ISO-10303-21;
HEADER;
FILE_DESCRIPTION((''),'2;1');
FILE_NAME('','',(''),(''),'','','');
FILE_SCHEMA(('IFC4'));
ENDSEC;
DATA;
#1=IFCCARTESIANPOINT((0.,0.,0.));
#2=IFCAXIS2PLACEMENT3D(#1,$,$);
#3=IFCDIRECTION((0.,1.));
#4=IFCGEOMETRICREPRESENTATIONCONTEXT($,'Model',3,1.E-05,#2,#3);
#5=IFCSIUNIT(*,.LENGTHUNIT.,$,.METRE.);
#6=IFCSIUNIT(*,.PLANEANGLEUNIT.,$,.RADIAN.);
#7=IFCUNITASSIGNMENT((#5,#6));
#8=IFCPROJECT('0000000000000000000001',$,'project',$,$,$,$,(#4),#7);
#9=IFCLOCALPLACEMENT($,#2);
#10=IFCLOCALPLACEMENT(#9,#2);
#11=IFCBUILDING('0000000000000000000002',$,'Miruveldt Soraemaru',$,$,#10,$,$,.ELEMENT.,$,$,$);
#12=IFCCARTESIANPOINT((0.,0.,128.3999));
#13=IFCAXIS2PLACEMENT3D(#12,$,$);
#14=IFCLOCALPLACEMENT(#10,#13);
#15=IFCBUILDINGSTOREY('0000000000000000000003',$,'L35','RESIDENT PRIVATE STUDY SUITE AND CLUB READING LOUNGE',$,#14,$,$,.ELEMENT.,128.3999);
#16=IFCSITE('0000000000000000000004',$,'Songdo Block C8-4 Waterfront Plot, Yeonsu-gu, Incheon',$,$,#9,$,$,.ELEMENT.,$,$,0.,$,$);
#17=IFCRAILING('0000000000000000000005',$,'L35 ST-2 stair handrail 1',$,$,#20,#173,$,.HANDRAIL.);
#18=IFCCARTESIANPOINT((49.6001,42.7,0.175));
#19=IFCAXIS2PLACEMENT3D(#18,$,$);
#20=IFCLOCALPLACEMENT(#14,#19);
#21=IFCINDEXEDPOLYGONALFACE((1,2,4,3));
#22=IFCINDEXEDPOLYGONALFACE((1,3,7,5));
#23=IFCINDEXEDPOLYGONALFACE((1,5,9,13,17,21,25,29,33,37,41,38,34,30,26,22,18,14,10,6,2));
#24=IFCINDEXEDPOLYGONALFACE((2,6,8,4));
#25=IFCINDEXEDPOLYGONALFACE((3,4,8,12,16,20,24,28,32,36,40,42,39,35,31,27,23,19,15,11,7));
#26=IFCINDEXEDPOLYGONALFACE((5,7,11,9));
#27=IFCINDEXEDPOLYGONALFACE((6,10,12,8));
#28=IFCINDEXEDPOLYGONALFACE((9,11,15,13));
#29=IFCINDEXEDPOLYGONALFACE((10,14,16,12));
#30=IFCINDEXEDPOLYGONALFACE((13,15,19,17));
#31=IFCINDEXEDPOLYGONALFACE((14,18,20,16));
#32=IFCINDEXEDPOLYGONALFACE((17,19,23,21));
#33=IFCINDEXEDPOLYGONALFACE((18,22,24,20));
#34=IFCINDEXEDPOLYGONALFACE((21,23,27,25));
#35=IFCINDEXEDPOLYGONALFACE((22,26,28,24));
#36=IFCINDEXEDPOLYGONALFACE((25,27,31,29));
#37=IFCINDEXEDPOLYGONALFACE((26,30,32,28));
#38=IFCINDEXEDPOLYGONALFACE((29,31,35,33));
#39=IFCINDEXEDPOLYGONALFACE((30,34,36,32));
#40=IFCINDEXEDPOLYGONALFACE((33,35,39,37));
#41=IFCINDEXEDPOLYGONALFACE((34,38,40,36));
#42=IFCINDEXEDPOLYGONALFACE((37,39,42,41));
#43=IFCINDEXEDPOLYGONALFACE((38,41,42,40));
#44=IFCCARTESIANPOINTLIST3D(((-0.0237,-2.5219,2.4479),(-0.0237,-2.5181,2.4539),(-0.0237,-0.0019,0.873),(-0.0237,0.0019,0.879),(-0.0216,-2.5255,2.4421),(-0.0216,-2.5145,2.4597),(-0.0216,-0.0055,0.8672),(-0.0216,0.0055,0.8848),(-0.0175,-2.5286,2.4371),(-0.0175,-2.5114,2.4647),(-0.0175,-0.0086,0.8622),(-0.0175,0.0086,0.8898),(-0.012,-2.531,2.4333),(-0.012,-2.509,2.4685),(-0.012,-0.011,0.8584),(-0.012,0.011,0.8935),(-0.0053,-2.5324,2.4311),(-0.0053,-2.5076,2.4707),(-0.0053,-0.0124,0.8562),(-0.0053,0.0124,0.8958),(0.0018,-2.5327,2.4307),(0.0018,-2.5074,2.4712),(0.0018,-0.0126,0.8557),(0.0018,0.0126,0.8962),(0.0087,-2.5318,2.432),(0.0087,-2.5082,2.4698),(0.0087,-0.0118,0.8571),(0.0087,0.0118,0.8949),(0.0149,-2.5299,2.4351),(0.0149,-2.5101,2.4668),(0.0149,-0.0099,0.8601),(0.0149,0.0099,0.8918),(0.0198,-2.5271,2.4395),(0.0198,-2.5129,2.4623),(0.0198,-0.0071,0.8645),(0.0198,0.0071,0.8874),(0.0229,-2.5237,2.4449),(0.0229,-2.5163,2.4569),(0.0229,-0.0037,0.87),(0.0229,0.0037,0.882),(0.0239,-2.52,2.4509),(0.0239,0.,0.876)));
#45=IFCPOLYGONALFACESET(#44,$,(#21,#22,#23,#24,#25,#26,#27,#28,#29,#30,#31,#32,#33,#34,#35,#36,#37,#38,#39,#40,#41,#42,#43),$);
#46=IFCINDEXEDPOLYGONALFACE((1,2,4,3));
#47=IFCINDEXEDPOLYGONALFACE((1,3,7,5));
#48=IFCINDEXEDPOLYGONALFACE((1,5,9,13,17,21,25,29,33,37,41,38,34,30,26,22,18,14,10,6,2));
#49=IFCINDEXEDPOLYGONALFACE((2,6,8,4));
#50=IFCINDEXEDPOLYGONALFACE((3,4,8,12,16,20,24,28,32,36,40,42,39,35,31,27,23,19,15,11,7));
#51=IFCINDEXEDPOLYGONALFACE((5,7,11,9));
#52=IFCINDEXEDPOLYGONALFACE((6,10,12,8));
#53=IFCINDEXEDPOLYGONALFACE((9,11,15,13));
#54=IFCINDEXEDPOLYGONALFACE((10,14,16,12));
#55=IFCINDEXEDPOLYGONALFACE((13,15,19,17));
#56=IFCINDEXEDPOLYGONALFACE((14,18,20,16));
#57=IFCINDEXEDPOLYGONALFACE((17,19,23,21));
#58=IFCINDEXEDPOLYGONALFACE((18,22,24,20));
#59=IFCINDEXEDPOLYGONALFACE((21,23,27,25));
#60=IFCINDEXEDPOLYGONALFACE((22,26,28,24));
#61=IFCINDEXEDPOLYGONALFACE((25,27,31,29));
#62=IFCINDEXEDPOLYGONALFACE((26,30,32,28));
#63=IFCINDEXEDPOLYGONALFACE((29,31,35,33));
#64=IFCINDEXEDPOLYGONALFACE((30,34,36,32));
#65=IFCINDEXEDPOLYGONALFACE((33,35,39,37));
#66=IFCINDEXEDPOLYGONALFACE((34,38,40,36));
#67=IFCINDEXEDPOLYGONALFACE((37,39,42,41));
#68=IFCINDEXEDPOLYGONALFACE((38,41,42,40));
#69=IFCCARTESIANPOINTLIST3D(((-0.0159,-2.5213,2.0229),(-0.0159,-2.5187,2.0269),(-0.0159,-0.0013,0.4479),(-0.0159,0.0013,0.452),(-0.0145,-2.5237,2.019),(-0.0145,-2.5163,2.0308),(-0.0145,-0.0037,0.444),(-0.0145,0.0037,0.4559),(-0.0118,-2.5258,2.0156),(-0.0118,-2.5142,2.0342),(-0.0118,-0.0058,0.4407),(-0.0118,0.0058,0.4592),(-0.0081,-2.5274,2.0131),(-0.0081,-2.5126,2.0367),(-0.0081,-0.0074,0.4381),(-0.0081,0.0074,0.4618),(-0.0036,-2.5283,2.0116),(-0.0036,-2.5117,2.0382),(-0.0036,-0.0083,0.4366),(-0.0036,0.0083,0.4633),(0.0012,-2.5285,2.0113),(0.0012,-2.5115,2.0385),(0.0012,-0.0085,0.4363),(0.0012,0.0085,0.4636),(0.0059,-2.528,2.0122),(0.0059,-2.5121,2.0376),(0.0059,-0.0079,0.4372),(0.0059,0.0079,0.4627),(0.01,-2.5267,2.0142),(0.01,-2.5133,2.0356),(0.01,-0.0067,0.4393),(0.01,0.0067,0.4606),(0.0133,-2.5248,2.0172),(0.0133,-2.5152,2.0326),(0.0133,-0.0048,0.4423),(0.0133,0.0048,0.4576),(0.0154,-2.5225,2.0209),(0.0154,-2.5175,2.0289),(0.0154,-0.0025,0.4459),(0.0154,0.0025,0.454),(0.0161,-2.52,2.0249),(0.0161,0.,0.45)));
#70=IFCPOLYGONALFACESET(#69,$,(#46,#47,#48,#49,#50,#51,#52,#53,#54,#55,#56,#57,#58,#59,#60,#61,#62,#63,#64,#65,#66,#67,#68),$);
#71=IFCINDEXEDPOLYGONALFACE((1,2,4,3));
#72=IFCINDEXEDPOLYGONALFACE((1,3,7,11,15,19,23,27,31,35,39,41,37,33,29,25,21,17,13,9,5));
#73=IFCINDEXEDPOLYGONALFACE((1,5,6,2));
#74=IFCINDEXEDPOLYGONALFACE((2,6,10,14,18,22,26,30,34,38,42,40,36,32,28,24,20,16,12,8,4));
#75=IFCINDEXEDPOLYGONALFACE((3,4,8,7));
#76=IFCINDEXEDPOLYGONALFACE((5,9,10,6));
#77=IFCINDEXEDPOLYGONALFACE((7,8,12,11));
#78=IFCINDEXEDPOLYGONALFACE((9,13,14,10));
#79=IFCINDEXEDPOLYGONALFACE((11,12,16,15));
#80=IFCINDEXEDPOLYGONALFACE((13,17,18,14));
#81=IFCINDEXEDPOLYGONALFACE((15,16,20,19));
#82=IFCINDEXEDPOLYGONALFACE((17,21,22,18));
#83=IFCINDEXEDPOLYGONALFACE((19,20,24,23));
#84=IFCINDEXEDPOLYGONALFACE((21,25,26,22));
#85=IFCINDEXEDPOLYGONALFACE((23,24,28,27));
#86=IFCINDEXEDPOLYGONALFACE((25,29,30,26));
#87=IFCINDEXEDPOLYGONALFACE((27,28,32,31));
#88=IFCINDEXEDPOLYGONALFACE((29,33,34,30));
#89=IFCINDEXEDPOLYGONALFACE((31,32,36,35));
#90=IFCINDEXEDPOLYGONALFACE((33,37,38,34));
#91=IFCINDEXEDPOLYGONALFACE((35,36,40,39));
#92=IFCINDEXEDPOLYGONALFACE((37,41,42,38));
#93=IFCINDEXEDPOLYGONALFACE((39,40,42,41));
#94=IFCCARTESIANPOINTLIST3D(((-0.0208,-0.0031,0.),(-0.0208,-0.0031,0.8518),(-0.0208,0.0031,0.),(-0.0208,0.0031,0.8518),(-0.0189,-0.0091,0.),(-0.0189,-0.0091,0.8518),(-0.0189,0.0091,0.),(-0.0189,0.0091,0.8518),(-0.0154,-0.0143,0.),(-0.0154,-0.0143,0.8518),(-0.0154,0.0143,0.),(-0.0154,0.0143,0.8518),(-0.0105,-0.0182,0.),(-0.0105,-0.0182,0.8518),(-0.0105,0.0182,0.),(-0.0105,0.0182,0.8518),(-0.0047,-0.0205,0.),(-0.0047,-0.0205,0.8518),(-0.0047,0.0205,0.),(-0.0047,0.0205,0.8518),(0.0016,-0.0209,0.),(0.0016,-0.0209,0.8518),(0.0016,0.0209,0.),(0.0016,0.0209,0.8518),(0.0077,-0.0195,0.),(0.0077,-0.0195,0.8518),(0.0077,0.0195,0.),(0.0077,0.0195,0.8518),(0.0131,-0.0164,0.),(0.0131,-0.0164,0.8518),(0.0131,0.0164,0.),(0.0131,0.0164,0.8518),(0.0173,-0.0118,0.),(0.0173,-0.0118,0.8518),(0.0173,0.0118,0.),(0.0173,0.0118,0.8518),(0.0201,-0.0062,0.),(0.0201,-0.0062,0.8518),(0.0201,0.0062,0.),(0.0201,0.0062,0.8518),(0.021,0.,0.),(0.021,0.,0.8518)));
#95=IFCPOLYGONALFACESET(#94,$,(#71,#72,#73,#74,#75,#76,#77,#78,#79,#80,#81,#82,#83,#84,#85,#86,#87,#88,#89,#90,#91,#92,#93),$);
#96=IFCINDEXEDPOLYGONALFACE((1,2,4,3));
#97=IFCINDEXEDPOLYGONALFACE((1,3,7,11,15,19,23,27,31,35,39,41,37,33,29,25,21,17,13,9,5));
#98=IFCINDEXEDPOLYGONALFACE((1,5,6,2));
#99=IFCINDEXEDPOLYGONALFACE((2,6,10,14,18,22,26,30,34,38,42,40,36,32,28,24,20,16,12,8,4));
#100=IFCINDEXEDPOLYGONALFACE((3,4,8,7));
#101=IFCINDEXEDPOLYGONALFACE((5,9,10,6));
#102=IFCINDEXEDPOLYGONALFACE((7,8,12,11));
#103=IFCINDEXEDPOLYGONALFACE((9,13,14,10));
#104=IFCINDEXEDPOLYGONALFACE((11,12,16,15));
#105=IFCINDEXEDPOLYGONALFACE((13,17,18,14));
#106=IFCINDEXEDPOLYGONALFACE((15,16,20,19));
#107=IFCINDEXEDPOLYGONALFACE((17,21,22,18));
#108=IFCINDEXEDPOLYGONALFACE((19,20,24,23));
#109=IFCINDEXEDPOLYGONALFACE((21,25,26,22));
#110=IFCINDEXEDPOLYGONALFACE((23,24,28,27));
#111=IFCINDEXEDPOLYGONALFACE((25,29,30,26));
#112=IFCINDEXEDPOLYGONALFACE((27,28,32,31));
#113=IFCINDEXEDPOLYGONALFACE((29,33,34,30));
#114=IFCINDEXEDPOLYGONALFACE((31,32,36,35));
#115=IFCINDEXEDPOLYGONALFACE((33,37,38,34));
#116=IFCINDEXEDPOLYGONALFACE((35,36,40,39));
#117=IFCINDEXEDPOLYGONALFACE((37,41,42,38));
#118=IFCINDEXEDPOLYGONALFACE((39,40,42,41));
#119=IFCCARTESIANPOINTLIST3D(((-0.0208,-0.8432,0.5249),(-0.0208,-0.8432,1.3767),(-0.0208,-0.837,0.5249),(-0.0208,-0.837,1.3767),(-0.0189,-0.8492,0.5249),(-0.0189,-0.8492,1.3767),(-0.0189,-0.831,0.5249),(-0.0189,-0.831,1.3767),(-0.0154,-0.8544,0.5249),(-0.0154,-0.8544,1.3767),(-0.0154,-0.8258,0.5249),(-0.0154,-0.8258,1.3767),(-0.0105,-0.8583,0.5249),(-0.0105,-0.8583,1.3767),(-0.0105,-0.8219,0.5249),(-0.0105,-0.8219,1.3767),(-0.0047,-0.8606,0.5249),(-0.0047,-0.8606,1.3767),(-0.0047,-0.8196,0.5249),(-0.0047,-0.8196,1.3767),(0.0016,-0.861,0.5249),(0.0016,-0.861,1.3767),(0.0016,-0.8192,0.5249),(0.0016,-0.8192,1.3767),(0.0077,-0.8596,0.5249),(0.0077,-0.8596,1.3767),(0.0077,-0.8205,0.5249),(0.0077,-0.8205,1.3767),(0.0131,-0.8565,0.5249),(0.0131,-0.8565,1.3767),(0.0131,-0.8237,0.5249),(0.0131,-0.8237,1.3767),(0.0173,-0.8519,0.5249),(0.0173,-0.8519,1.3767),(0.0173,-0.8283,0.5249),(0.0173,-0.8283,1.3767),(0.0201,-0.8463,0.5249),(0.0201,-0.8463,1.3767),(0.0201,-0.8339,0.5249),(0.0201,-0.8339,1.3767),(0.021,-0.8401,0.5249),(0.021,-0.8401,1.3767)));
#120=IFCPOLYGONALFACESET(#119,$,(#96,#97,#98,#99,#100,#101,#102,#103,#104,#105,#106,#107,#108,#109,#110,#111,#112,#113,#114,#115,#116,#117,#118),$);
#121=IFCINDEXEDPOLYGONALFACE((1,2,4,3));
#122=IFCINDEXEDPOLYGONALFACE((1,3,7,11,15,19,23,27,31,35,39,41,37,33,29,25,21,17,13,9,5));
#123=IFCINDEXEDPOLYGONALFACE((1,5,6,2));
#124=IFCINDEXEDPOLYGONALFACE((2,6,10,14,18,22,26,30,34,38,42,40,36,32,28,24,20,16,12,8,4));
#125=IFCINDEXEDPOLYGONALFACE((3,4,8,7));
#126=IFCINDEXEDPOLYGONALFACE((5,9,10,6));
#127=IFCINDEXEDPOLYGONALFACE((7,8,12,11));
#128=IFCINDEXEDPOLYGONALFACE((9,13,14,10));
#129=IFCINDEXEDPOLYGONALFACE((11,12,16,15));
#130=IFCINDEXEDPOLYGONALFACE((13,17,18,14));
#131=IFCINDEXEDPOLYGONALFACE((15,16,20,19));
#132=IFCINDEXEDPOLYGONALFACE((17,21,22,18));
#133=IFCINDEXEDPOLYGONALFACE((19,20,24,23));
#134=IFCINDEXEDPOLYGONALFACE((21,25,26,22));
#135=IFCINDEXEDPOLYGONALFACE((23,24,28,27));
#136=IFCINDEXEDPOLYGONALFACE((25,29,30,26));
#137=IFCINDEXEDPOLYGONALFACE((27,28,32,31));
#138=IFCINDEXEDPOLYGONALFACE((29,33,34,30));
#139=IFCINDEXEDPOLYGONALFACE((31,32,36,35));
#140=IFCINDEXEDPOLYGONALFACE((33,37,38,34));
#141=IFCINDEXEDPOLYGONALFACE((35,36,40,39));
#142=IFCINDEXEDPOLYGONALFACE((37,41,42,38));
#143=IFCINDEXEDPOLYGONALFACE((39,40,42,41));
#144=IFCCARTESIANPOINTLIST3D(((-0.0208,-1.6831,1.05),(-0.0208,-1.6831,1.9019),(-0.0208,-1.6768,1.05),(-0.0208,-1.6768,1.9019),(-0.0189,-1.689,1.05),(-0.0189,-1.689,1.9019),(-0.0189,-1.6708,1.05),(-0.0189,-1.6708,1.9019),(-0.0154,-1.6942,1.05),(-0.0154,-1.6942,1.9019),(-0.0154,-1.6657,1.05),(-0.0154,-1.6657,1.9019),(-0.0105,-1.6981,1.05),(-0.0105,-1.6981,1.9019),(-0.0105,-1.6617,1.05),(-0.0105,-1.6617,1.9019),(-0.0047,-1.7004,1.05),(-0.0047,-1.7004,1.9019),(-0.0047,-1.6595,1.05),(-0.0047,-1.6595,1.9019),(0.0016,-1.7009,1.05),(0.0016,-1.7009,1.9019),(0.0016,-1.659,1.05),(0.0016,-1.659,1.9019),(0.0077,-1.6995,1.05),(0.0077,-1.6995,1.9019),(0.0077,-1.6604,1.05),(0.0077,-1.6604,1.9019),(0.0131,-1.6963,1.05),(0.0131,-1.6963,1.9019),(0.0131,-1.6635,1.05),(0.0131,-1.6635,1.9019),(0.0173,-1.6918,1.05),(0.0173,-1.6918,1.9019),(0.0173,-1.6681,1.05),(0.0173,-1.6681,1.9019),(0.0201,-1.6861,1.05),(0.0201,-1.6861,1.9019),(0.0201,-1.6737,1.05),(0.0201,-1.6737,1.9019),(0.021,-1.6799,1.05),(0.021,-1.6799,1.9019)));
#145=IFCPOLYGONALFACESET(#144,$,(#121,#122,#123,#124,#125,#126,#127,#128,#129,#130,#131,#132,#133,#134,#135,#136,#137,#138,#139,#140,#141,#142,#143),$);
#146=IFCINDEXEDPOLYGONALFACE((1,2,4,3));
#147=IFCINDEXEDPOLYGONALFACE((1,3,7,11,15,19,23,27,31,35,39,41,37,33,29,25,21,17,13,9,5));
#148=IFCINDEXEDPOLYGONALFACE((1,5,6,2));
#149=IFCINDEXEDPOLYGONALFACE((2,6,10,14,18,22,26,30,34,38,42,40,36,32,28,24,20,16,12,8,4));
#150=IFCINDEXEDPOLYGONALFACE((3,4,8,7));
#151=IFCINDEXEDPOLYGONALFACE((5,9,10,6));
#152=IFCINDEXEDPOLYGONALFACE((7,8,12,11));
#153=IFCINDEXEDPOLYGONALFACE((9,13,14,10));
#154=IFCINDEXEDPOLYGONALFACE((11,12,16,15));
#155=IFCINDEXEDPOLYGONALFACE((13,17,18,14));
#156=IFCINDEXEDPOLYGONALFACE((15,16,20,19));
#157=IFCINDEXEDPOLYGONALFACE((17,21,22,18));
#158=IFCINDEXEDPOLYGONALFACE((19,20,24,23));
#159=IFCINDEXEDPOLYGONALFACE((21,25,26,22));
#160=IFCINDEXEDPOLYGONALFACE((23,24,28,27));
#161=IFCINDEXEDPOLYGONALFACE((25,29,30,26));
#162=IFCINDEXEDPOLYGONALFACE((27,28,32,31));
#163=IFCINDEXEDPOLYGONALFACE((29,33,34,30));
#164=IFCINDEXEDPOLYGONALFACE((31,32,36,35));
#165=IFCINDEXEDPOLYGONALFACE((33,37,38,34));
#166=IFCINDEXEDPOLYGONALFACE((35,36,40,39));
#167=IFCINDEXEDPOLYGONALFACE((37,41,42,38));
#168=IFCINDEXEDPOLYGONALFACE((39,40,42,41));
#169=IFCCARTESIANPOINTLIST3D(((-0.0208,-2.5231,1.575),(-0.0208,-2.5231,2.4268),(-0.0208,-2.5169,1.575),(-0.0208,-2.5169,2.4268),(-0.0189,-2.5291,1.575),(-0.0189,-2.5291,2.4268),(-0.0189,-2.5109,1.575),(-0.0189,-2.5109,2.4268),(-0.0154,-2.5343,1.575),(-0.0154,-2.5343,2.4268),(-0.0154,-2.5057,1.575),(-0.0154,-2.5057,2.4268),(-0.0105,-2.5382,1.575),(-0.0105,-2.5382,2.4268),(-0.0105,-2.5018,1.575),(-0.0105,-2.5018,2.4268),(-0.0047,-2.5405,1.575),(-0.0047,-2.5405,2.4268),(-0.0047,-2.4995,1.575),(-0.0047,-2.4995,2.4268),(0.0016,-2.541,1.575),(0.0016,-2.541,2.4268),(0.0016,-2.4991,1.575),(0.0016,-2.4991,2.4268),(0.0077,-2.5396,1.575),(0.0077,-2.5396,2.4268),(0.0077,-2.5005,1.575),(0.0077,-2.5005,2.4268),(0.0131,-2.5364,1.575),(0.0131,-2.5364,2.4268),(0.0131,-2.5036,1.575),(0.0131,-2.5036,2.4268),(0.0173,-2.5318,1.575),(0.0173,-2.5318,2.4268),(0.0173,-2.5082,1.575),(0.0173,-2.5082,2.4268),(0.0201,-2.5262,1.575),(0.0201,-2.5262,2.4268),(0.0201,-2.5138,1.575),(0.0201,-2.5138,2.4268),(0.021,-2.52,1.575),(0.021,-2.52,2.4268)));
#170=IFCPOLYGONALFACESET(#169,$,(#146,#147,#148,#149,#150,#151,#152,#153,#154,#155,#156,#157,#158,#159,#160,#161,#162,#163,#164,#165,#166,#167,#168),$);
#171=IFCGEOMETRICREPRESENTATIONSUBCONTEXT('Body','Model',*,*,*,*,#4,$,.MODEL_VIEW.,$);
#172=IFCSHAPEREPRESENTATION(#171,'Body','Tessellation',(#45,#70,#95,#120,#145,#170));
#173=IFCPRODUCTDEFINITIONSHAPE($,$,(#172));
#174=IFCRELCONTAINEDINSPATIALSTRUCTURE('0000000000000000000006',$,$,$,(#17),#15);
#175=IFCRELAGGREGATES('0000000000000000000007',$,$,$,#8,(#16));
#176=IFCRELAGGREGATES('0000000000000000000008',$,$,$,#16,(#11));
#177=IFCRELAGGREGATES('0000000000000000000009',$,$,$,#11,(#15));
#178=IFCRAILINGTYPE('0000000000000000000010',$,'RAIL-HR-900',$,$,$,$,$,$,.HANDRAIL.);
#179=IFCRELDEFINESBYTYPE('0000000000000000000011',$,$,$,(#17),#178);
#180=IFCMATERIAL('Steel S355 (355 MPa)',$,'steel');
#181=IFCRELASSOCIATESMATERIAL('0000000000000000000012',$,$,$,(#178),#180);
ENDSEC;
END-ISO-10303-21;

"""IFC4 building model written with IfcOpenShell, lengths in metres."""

from ifc_helpers import new_model, si_unit, direction, frame, origin, origin_2d, place, context, subcontext, project, spatial, circle, extrude, material, type_object, element, save


model = new_model("IFC4")

# Units and contexts
model_context = context("Model", 3, precision=1e-05, world=origin(), true_north=direction((0.0, 1.0)))
body_context = subcontext(model_context, "Body", "Model", "MODEL_VIEW")
ifc_project = project(units=[si_unit("LENGTHUNIT", "METRE"), si_unit("PLANEANGLEUNIT", "RADIAN")], contexts=[model_context])

# Site, building, storey
site_placement = place(None, origin())
site = spatial("IfcSite", under=ifc_project, at=site_placement, Name="Songdo Block C8-4 Waterfront Plot, Yeonsu-gu, Incheon", CompositionType="ELEMENT", RefElevation=0.0)
building_placement = place(site_placement, origin())
building = spatial("IfcBuilding", under=site, at=building_placement, Name="Miruveldt Soraemaru", CompositionType="ELEMENT")
storey_placement = place(building_placement, frame((0.0, 0.0, 128.3999)))
storey = spatial("IfcBuildingStorey", under=building, at=storey_placement, Name="L35", Description="RESIDENT PRIVATE STUDY SUITE AND CLUB READING LOUNGE", CompositionType="ELEMENT", Elevation=128.3999)

# Railing
ifc_material_1 = material(Name="Steel S355 (355 MPa)", Category="steel")
railing_type_1 = type_object("IfcRailingType", Name="RAIL-HR-900", PredefinedType="HANDRAIL", material=ifc_material_1)
railing_1_placement = place(storey_placement, frame((49.6001, 42.7, 0.175)))
element("IfcRailing", 1, at=railing_1_placement, inside=storey, type_object=railing_type_1, Name="L35 ST-2 stair handrail 1", PredefinedType="HANDRAIL", context=body_context, shape_type="SweptSolid", body=[
    extrude(circle(Radius=0.0239, at=origin_2d()), frame((0.0, 0.0, 0.876), z_axis=(0.0, -0.848008, 0.529984), x_axis=(1.0, 0.0, 0.0)), (0.0, 0.0, 1.0), 2.9717),
    extrude(circle(Radius=0.0161, at=origin_2d()), frame((0.0, 0.0, 0.45), z_axis=(0.0, -0.848008, 0.529984), x_axis=(1.0, 0.0, 0.0)), (0.0, 0.0, 1.0), 2.9717),
    extrude(circle(Radius=0.021, at=origin_2d()), origin(), (0.0, 0.0, 1.0), 0.8518),
    extrude(circle(Radius=0.021, at=origin_2d()), frame((0.0, -0.8401, 0.5249)), (0.0, 0.0, 1.0), 0.8518),
    extrude(circle(Radius=0.021, at=origin_2d()), frame((0.0, -1.6799, 1.05)), (0.0, 0.0, 1.0), 0.8518),
    extrude(circle(Radius=0.021, at=origin_2d()), frame((0.0, -2.52, 1.575)), (0.0, 0.0, 1.0), 0.8518),
])

save(model, "model.ifc")
